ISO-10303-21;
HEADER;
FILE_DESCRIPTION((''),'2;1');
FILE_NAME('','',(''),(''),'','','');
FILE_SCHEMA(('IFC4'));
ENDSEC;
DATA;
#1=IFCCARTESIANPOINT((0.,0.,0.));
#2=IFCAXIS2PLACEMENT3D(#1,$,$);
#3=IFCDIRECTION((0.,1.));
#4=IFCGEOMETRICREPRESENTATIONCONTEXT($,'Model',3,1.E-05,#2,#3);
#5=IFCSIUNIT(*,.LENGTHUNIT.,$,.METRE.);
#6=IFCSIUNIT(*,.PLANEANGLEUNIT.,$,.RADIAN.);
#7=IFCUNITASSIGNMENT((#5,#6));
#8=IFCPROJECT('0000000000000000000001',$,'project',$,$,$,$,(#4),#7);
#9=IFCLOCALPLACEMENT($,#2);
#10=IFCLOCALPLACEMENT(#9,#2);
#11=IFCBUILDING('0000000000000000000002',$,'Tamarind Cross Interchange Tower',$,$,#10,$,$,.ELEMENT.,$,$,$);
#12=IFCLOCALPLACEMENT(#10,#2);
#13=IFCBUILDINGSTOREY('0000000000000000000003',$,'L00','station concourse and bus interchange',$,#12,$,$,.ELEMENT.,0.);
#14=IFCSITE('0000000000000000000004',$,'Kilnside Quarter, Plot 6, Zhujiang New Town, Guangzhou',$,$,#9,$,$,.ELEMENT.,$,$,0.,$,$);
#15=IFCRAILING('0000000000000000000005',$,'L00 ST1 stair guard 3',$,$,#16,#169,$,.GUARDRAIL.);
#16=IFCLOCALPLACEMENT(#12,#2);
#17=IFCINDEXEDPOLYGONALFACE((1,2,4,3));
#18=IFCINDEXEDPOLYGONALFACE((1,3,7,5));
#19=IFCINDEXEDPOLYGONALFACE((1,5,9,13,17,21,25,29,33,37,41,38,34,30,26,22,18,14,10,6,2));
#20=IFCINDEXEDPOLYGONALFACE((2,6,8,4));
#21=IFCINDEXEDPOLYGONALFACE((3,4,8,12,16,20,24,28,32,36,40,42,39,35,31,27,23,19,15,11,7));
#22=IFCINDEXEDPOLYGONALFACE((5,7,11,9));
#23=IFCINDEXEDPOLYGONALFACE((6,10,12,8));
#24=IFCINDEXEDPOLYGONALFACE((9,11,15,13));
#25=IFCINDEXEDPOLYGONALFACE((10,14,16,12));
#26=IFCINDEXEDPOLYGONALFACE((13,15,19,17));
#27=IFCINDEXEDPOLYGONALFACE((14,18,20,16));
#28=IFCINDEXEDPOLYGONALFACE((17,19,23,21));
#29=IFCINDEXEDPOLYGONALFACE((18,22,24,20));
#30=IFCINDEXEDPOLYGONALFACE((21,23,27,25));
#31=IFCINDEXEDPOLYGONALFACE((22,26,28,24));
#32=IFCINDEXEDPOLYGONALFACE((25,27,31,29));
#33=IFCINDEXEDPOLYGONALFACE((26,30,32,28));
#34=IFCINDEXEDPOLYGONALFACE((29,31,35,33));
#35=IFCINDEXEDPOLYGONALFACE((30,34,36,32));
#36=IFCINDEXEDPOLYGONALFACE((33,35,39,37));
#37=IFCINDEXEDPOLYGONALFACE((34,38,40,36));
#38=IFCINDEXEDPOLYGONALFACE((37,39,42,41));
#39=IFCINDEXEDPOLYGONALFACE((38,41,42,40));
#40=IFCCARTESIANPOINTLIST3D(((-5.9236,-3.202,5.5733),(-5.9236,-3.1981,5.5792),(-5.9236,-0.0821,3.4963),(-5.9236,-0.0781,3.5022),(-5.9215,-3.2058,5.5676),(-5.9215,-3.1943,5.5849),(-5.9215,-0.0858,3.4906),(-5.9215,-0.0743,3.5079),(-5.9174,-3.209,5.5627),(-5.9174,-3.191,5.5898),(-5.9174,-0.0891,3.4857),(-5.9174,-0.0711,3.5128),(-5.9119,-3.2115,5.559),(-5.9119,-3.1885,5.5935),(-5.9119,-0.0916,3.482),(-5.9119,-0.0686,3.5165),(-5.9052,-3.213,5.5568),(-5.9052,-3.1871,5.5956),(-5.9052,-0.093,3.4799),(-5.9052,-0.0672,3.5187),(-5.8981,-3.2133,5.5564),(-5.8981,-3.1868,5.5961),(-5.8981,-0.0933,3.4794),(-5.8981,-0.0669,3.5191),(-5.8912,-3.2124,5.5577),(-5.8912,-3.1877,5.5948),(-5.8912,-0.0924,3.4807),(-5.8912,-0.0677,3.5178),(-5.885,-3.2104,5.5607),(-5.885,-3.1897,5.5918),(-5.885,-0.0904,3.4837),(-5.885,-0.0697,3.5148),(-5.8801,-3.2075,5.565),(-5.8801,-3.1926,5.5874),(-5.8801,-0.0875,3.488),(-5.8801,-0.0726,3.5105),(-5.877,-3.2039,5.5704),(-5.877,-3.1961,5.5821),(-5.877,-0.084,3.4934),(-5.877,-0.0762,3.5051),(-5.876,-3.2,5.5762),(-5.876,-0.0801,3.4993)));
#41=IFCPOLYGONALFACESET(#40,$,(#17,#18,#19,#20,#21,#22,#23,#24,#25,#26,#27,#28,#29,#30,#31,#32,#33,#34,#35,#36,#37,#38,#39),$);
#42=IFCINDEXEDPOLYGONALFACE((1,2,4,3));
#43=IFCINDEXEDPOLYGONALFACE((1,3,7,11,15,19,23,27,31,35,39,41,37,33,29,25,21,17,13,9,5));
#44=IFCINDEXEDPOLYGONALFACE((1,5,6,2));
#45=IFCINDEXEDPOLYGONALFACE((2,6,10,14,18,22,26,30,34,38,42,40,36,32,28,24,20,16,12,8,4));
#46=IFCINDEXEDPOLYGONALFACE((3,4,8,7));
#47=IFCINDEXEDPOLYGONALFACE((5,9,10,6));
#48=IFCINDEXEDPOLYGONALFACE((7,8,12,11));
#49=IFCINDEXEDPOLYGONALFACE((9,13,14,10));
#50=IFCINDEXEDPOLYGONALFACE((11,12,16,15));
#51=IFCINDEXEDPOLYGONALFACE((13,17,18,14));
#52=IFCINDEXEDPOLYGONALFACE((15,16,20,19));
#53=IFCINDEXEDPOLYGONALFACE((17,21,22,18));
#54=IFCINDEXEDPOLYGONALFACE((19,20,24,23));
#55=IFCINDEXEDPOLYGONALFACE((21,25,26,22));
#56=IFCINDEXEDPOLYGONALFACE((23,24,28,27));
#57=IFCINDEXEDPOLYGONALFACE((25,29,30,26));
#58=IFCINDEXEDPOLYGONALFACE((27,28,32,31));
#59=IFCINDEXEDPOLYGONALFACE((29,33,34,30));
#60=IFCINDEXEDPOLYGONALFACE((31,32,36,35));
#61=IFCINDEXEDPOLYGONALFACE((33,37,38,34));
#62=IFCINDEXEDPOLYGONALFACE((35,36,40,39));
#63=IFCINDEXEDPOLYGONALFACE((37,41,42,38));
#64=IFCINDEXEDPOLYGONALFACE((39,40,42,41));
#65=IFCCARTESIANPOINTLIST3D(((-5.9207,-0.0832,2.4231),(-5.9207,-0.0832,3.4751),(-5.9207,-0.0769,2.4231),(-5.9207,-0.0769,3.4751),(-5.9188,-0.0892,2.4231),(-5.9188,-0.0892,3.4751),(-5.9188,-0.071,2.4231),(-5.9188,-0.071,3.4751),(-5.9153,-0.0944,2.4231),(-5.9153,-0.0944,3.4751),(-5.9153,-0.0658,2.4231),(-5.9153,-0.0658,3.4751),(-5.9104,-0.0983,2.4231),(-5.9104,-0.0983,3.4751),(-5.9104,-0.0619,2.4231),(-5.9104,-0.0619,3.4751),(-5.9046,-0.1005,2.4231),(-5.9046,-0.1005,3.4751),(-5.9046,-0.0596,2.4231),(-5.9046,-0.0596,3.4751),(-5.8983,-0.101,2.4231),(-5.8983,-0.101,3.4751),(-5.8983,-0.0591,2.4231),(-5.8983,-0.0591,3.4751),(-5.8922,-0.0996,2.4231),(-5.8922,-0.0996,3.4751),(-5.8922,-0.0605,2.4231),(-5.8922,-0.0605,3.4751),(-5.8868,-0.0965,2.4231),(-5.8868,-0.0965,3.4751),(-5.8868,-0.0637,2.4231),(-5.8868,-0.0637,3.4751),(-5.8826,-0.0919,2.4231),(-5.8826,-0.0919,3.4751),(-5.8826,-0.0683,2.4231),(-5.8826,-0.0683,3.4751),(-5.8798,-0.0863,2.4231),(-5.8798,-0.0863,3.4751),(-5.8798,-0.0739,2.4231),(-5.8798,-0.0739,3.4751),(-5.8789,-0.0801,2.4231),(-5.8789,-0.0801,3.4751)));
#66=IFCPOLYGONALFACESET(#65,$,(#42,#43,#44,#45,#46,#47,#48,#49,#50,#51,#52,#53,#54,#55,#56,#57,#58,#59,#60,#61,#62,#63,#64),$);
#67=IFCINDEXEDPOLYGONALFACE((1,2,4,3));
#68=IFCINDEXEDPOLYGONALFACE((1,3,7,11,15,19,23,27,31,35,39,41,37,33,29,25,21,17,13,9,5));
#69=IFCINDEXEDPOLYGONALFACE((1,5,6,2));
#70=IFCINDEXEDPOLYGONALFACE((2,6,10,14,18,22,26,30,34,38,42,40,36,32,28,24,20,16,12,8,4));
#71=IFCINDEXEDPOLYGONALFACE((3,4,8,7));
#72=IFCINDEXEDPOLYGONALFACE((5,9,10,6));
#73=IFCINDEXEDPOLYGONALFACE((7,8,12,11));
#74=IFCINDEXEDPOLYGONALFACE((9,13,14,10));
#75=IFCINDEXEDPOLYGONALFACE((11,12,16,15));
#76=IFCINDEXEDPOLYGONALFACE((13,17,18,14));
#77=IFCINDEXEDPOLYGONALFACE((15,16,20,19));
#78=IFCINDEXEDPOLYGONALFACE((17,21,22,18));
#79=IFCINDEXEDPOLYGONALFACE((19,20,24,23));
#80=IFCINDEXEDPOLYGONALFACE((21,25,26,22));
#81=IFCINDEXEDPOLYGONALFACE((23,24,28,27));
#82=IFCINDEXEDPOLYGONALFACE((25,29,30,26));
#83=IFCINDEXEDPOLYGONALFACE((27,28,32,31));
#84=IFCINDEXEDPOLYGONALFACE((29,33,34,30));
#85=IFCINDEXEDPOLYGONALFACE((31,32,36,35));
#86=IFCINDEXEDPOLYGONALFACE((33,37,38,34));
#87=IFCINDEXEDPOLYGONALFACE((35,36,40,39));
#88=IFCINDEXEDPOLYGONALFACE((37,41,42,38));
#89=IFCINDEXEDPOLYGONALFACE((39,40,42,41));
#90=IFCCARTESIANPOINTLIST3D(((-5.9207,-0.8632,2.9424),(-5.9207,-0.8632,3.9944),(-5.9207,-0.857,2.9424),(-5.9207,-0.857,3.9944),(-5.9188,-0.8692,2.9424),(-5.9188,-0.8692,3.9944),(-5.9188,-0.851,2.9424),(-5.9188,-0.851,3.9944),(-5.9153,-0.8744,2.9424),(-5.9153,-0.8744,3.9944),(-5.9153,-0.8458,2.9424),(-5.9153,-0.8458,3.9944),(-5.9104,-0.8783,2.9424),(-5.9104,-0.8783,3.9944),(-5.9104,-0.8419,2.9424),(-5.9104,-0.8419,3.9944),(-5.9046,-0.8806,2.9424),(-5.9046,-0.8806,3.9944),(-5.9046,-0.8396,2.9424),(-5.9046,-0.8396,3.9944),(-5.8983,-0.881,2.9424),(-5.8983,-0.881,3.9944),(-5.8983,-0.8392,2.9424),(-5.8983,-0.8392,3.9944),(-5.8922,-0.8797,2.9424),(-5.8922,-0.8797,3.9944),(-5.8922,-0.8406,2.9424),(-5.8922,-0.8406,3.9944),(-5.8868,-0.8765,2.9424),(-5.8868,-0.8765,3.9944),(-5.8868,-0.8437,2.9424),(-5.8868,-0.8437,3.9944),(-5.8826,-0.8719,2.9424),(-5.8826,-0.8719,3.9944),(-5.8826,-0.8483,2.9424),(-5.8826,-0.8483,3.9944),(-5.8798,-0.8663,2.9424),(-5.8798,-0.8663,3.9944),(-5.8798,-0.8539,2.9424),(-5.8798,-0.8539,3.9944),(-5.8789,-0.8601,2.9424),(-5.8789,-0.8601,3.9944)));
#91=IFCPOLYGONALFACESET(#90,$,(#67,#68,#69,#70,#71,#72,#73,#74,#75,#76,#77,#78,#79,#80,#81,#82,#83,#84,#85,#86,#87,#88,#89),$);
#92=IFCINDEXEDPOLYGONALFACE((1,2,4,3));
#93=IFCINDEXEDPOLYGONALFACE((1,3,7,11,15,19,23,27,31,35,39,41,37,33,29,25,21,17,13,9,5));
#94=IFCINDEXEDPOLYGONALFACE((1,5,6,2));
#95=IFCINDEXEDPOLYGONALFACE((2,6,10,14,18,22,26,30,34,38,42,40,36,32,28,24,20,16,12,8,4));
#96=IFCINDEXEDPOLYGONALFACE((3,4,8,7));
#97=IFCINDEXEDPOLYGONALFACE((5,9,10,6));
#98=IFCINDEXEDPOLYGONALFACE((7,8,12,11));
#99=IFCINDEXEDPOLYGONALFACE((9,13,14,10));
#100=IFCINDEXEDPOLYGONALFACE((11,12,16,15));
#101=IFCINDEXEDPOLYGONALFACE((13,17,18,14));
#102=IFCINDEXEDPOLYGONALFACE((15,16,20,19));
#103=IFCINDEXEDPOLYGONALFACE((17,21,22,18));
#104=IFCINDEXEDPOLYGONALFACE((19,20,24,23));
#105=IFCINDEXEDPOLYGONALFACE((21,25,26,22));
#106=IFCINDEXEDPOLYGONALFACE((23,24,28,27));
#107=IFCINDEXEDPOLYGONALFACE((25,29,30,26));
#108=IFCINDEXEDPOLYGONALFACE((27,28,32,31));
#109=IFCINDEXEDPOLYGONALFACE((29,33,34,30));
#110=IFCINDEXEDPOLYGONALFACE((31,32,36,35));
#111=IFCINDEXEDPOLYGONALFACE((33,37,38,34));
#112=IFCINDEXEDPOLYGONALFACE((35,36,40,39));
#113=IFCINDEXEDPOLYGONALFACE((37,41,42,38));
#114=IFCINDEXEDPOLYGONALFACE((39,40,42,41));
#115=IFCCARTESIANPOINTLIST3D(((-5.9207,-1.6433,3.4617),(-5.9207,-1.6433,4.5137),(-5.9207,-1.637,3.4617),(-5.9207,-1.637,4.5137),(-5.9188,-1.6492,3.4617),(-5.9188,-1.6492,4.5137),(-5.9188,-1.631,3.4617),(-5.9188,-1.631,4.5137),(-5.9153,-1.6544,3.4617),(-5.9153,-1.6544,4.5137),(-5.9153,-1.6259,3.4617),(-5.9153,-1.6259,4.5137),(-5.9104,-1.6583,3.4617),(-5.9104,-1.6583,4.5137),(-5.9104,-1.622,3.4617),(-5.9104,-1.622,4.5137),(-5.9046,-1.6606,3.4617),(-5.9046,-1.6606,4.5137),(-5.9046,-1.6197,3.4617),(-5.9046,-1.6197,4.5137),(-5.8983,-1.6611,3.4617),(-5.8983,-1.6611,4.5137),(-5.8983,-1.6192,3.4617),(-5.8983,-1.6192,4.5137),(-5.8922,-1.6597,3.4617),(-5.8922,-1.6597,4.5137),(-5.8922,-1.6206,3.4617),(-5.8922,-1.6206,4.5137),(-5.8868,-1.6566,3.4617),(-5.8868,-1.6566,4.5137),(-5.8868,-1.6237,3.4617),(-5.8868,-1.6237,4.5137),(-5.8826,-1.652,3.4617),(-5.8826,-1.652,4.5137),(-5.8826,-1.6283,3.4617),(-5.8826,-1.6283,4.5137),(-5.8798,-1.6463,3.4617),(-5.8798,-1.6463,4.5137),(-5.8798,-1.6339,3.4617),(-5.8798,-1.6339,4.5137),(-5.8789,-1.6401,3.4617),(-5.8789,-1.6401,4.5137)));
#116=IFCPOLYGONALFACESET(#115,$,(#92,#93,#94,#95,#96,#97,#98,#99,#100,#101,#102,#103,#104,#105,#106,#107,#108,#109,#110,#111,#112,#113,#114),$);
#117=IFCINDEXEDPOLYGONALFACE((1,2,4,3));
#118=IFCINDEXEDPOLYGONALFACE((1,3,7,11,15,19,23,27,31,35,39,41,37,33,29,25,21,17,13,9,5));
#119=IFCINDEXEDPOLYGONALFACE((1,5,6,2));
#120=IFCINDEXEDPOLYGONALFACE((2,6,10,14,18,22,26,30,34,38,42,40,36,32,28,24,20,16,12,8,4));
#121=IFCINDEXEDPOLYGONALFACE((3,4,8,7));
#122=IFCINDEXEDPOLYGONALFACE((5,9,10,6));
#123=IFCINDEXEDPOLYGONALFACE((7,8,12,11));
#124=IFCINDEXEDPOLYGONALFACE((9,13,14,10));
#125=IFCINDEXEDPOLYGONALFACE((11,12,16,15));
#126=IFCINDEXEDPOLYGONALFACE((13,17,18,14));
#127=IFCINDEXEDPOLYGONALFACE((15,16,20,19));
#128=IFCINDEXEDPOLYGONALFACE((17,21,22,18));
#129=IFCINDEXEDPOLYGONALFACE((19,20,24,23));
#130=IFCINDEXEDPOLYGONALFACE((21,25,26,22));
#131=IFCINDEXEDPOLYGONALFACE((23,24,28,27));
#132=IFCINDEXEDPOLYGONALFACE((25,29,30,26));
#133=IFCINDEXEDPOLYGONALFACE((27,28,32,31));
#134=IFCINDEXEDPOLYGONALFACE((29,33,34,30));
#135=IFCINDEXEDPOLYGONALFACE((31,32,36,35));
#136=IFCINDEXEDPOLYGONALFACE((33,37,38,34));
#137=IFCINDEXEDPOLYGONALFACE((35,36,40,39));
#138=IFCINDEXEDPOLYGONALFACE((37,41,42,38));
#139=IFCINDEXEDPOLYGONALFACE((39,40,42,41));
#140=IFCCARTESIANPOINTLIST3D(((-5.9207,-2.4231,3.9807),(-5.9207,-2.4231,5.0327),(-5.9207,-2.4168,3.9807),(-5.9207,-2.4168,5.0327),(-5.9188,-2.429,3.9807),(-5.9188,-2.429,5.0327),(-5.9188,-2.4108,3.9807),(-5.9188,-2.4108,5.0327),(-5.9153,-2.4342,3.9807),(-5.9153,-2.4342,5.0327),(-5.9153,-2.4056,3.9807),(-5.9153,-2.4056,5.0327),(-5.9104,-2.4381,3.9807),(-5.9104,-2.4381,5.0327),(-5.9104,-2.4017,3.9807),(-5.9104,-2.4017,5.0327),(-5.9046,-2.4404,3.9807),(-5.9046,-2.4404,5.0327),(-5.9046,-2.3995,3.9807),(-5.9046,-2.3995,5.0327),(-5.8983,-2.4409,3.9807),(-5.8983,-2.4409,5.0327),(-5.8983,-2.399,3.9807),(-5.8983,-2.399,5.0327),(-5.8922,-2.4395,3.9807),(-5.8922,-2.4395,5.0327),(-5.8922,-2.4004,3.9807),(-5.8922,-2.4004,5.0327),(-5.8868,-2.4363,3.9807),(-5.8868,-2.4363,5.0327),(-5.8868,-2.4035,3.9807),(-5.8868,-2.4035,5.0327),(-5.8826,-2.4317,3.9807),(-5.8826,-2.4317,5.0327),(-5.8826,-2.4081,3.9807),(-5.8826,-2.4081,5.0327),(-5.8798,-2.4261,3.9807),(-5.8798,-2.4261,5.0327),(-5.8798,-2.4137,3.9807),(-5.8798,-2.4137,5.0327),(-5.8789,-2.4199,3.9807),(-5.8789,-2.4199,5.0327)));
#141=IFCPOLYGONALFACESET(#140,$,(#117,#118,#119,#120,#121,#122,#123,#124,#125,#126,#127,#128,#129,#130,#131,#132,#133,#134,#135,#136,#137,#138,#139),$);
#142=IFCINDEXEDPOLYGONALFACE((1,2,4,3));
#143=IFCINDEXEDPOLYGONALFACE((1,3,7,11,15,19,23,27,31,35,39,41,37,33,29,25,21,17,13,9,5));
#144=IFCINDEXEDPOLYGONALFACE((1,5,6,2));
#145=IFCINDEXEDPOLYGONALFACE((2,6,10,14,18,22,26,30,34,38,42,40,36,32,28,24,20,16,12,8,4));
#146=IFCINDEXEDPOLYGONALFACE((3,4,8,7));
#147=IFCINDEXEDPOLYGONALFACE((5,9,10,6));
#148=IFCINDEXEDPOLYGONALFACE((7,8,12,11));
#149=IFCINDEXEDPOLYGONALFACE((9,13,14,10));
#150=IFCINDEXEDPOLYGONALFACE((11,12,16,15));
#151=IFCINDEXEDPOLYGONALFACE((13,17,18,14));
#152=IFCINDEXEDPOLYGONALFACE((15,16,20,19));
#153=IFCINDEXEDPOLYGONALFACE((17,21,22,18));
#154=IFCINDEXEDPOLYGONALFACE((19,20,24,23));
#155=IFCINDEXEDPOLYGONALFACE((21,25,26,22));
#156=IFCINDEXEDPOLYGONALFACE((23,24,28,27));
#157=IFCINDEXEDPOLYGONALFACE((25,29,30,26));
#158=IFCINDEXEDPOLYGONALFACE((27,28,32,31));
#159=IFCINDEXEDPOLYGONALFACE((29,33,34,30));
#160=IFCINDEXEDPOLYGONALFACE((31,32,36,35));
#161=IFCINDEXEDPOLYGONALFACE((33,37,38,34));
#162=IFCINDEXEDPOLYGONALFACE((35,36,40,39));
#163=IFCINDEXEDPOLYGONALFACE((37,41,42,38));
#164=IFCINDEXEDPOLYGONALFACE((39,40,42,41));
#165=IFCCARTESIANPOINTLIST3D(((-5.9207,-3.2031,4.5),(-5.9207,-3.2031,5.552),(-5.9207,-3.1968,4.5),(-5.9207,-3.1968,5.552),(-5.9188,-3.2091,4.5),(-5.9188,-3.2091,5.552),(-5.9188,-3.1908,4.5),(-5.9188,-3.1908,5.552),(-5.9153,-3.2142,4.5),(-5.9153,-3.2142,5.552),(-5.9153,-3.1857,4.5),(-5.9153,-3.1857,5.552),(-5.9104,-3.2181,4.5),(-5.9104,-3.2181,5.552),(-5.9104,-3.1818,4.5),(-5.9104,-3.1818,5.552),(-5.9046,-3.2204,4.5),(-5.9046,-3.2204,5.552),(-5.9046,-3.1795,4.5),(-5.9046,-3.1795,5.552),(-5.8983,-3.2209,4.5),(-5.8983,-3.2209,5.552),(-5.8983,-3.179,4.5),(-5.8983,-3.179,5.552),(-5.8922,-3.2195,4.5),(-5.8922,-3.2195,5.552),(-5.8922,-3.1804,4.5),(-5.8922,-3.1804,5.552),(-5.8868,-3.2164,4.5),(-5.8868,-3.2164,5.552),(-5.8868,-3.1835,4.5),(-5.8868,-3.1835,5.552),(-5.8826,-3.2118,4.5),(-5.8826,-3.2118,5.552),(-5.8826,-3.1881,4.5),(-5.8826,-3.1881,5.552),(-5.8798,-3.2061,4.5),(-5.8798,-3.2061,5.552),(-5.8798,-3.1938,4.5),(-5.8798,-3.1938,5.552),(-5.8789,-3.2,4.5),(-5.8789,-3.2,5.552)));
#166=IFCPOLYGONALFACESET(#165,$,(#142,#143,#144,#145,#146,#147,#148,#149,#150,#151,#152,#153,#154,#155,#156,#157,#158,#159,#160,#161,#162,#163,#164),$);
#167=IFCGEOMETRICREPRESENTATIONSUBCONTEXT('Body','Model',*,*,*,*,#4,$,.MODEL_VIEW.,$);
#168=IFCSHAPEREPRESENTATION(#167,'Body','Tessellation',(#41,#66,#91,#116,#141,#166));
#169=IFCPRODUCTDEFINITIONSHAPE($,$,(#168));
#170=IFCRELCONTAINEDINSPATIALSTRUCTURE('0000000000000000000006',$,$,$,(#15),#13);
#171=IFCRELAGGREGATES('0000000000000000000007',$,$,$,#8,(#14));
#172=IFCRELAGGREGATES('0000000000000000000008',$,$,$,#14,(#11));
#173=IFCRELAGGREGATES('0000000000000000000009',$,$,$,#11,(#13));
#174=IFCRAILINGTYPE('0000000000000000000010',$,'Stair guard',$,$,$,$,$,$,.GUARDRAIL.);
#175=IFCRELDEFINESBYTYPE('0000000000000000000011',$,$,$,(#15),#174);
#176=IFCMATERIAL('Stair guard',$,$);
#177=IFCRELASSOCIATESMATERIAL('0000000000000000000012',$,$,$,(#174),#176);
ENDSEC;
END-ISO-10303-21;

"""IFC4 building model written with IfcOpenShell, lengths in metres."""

from ifc_helpers import new_model, si_unit, direction, frame, origin, origin_2d, place, context, subcontext, project, spatial, circle, extrude, material, type_object, element, save


model = new_model("IFC4")

# Units and contexts
model_context = context("Model", 3, precision=1e-05, world=origin(), true_north=direction((0.0, 1.0)))
body_context = subcontext(model_context, "Body", "Model", "MODEL_VIEW")
ifc_project = project(units=[si_unit("LENGTHUNIT", "METRE"), si_unit("PLANEANGLEUNIT", "RADIAN")], contexts=[model_context])

# Site, building, storey
site_placement = place(None, origin())
site = spatial("IfcSite", under=ifc_project, at=site_placement, Name="Kilnside Quarter, Plot 6, Zhujiang New Town, Guangzhou", CompositionType="ELEMENT", RefElevation=0.0)
building_placement = place(site_placement, origin())
building = spatial("IfcBuilding", under=site, at=building_placement, Name="Tamarind Cross Interchange Tower", CompositionType="ELEMENT")
storey_placement = place(building_placement, origin())
storey = spatial("IfcBuildingStorey", under=building, at=storey_placement, Name="L00", Description="station concourse and bus interchange", CompositionType="ELEMENT", Elevation=0.0)

# Railing
ifc_material_1 = material(Name="Stair guard")
railing_type_1 = type_object("IfcRailingType", Name="Stair guard", PredefinedType="GUARDRAIL", material=ifc_material_1)
railing_1_placement = place(storey_placement, frame((-5.8999, -0.0801, 2.4231)))
element("IfcRailing", 1, at=railing_1_placement, inside=storey, type_object=railing_type_1, Name="L00 ST1 stair guard 3", PredefinedType="GUARDRAIL", context=body_context, shape_type="SweptSolid", body=[
    extrude(circle(Radius=0.0239, at=origin_2d()), frame((0.0, 0.0, 1.0762), z_axis=(0.0, -0.832421, 0.554144), x_axis=(1.0, 0.0, 0.0)), (0.0, 0.0, 1.0), 3.748),
    extrude(circle(Radius=0.021, at=origin_2d()), origin(), (0.0, 0.0, 1.0), 1.052),
    extrude(circle(Radius=0.021, at=origin_2d()), frame((0.0, -0.78, 0.5193)), (0.0, 0.0, 1.0), 1.052),
    extrude(circle(Radius=0.021, at=origin_2d()), frame((0.0, -1.5601, 1.0386)), (0.0, 0.0, 1.0), 1.052),
    extrude(circle(Radius=0.021, at=origin_2d()), frame((0.0, -2.3398, 1.5576)), (0.0, 0.0, 1.0), 1.052),
    extrude(circle(Radius=0.021, at=origin_2d()), frame((0.0, -3.1199, 2.0769)), (0.0, 0.0, 1.0), 1.052),
])

save(model, "model.ifc")
